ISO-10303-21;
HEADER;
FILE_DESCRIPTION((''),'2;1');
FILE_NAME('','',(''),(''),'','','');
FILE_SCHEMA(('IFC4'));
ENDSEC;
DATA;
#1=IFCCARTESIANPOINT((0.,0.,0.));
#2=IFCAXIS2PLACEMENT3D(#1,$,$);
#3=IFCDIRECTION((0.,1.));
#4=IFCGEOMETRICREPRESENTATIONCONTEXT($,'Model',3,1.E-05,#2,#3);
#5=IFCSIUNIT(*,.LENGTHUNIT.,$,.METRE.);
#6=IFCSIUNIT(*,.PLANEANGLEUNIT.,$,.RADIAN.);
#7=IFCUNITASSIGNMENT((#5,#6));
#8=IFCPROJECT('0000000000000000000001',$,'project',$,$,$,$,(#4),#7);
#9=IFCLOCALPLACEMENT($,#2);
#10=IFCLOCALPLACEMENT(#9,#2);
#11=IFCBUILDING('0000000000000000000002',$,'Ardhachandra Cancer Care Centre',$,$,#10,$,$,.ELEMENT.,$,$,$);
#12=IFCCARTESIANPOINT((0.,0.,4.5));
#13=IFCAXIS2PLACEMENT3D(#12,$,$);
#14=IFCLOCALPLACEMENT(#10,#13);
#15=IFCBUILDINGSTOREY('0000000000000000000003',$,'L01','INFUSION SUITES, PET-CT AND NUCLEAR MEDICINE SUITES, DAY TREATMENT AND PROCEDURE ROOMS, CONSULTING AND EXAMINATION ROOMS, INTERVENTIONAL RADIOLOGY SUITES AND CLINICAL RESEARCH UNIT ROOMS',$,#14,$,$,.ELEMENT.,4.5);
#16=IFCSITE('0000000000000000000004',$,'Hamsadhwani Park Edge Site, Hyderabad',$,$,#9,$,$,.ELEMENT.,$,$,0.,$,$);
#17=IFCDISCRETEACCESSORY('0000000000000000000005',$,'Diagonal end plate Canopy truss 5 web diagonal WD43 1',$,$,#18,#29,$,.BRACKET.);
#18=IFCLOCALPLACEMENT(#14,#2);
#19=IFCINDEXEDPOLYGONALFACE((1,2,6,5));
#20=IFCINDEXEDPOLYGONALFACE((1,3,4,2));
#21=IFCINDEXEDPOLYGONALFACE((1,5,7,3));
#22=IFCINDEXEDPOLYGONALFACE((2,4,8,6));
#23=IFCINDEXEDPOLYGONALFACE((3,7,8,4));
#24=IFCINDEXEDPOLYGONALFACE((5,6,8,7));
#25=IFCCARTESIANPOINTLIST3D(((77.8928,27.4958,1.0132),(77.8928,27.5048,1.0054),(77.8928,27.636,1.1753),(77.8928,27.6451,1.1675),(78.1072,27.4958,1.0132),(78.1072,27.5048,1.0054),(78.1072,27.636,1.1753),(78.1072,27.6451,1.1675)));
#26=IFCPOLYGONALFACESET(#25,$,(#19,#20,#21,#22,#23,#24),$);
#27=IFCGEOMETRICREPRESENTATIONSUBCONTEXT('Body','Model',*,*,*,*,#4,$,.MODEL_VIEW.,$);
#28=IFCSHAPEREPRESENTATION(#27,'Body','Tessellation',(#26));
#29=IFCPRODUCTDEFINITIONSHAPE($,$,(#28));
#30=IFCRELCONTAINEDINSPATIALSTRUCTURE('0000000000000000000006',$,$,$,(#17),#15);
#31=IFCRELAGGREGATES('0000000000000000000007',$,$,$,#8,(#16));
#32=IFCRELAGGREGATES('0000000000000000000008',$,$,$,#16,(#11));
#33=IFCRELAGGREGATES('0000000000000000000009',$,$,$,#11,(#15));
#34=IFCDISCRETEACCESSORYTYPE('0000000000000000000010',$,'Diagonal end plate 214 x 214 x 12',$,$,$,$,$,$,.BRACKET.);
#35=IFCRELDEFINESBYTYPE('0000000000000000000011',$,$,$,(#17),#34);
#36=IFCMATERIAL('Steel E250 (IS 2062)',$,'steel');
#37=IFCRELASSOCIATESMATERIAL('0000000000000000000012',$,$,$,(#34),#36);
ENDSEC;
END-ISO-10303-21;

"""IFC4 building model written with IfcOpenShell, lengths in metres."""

from ifc_helpers import new_model, si_unit, direction, frame, origin, origin_2d, place, context, subcontext, project, spatial, rectangle, extrude, material, material_profile, profile_set, type_object, element, save


model = new_model("IFC4")

# Units and contexts
model_context = context("Model", 3, precision=1e-05, world=origin(), true_north=direction((0.0, 1.0)))
body_context = subcontext(model_context, "Body", "Model", "MODEL_VIEW")
ifc_project = project(units=[si_unit("LENGTHUNIT", "METRE"), si_unit("PLANEANGLEUNIT", "RADIAN")], contexts=[model_context])

# Site, building, storey
site_placement = place(None, origin())
site = spatial("IfcSite", under=ifc_project, at=site_placement, Name="Hamsadhwani Park Edge Site, Hyderabad", CompositionType="ELEMENT", RefElevation=0.0)
building_placement = place(site_placement, origin())
building = spatial("IfcBuilding", under=site, at=building_placement, Name="Ardhachandra Cancer Care Centre", CompositionType="ELEMENT")
storey_placement = place(building_placement, frame((0.0, 0.0, 4.5)))
storey = spatial("IfcBuildingStorey", under=building, at=storey_placement, Name="L01", Description="INFUSION SUITES, PET-CT AND NUCLEAR MEDICINE SUITES, DAY TREATMENT AND PROCEDURE ROOMS, CONSULTING AND EXAMINATION ROOMS, INTERVENTIONAL RADIOLOGY SUITES AND CLINICAL RESEARCH UNIT ROOMS", CompositionType="ELEMENT", Elevation=4.5)

# Discrete accessory
ifc_material_1 = material(Name="Steel E250 (IS 2062)", Category="steel")
ifc_material_profile_1 = material_profile(ifc_material_1, rectangle(XDim=0.2144, YDim=0.2144, at=origin_2d()), Name="PL 214x214x12")
ifc_profile_set_1 = profile_set([ifc_material_profile_1], Name="Steel E250 (IS 2062)")
discrete_accessory_type = type_object("IfcDiscreteAccessoryType", Name="Diagonal end plate 214 x 214 x 12", PredefinedType="BRACKET", material=ifc_profile_set_1)
discrete_accessory_1_placement = place(storey_placement, frame((78.0, 27.575, 1.0864), z_axis=(0.0, -0.756363, 0.654152), x_axis=(1.0, 0.0, 0.0)))
element("IfcDiscreteAccessory", 1, at=discrete_accessory_1_placement, inside=storey, type_object=discrete_accessory_type, Name="Diagonal end plate Canopy truss 5 web diagonal WD43 1", PredefinedType="BRACKET", context=body_context, shape_type="SweptSolid", body=[
    extrude(rectangle(XDim=0.2144, YDim=0.2144, at=origin_2d()), origin(), (0.0, 0.0, 1.0), 0.012),
])

save(model, "model.ifc")
